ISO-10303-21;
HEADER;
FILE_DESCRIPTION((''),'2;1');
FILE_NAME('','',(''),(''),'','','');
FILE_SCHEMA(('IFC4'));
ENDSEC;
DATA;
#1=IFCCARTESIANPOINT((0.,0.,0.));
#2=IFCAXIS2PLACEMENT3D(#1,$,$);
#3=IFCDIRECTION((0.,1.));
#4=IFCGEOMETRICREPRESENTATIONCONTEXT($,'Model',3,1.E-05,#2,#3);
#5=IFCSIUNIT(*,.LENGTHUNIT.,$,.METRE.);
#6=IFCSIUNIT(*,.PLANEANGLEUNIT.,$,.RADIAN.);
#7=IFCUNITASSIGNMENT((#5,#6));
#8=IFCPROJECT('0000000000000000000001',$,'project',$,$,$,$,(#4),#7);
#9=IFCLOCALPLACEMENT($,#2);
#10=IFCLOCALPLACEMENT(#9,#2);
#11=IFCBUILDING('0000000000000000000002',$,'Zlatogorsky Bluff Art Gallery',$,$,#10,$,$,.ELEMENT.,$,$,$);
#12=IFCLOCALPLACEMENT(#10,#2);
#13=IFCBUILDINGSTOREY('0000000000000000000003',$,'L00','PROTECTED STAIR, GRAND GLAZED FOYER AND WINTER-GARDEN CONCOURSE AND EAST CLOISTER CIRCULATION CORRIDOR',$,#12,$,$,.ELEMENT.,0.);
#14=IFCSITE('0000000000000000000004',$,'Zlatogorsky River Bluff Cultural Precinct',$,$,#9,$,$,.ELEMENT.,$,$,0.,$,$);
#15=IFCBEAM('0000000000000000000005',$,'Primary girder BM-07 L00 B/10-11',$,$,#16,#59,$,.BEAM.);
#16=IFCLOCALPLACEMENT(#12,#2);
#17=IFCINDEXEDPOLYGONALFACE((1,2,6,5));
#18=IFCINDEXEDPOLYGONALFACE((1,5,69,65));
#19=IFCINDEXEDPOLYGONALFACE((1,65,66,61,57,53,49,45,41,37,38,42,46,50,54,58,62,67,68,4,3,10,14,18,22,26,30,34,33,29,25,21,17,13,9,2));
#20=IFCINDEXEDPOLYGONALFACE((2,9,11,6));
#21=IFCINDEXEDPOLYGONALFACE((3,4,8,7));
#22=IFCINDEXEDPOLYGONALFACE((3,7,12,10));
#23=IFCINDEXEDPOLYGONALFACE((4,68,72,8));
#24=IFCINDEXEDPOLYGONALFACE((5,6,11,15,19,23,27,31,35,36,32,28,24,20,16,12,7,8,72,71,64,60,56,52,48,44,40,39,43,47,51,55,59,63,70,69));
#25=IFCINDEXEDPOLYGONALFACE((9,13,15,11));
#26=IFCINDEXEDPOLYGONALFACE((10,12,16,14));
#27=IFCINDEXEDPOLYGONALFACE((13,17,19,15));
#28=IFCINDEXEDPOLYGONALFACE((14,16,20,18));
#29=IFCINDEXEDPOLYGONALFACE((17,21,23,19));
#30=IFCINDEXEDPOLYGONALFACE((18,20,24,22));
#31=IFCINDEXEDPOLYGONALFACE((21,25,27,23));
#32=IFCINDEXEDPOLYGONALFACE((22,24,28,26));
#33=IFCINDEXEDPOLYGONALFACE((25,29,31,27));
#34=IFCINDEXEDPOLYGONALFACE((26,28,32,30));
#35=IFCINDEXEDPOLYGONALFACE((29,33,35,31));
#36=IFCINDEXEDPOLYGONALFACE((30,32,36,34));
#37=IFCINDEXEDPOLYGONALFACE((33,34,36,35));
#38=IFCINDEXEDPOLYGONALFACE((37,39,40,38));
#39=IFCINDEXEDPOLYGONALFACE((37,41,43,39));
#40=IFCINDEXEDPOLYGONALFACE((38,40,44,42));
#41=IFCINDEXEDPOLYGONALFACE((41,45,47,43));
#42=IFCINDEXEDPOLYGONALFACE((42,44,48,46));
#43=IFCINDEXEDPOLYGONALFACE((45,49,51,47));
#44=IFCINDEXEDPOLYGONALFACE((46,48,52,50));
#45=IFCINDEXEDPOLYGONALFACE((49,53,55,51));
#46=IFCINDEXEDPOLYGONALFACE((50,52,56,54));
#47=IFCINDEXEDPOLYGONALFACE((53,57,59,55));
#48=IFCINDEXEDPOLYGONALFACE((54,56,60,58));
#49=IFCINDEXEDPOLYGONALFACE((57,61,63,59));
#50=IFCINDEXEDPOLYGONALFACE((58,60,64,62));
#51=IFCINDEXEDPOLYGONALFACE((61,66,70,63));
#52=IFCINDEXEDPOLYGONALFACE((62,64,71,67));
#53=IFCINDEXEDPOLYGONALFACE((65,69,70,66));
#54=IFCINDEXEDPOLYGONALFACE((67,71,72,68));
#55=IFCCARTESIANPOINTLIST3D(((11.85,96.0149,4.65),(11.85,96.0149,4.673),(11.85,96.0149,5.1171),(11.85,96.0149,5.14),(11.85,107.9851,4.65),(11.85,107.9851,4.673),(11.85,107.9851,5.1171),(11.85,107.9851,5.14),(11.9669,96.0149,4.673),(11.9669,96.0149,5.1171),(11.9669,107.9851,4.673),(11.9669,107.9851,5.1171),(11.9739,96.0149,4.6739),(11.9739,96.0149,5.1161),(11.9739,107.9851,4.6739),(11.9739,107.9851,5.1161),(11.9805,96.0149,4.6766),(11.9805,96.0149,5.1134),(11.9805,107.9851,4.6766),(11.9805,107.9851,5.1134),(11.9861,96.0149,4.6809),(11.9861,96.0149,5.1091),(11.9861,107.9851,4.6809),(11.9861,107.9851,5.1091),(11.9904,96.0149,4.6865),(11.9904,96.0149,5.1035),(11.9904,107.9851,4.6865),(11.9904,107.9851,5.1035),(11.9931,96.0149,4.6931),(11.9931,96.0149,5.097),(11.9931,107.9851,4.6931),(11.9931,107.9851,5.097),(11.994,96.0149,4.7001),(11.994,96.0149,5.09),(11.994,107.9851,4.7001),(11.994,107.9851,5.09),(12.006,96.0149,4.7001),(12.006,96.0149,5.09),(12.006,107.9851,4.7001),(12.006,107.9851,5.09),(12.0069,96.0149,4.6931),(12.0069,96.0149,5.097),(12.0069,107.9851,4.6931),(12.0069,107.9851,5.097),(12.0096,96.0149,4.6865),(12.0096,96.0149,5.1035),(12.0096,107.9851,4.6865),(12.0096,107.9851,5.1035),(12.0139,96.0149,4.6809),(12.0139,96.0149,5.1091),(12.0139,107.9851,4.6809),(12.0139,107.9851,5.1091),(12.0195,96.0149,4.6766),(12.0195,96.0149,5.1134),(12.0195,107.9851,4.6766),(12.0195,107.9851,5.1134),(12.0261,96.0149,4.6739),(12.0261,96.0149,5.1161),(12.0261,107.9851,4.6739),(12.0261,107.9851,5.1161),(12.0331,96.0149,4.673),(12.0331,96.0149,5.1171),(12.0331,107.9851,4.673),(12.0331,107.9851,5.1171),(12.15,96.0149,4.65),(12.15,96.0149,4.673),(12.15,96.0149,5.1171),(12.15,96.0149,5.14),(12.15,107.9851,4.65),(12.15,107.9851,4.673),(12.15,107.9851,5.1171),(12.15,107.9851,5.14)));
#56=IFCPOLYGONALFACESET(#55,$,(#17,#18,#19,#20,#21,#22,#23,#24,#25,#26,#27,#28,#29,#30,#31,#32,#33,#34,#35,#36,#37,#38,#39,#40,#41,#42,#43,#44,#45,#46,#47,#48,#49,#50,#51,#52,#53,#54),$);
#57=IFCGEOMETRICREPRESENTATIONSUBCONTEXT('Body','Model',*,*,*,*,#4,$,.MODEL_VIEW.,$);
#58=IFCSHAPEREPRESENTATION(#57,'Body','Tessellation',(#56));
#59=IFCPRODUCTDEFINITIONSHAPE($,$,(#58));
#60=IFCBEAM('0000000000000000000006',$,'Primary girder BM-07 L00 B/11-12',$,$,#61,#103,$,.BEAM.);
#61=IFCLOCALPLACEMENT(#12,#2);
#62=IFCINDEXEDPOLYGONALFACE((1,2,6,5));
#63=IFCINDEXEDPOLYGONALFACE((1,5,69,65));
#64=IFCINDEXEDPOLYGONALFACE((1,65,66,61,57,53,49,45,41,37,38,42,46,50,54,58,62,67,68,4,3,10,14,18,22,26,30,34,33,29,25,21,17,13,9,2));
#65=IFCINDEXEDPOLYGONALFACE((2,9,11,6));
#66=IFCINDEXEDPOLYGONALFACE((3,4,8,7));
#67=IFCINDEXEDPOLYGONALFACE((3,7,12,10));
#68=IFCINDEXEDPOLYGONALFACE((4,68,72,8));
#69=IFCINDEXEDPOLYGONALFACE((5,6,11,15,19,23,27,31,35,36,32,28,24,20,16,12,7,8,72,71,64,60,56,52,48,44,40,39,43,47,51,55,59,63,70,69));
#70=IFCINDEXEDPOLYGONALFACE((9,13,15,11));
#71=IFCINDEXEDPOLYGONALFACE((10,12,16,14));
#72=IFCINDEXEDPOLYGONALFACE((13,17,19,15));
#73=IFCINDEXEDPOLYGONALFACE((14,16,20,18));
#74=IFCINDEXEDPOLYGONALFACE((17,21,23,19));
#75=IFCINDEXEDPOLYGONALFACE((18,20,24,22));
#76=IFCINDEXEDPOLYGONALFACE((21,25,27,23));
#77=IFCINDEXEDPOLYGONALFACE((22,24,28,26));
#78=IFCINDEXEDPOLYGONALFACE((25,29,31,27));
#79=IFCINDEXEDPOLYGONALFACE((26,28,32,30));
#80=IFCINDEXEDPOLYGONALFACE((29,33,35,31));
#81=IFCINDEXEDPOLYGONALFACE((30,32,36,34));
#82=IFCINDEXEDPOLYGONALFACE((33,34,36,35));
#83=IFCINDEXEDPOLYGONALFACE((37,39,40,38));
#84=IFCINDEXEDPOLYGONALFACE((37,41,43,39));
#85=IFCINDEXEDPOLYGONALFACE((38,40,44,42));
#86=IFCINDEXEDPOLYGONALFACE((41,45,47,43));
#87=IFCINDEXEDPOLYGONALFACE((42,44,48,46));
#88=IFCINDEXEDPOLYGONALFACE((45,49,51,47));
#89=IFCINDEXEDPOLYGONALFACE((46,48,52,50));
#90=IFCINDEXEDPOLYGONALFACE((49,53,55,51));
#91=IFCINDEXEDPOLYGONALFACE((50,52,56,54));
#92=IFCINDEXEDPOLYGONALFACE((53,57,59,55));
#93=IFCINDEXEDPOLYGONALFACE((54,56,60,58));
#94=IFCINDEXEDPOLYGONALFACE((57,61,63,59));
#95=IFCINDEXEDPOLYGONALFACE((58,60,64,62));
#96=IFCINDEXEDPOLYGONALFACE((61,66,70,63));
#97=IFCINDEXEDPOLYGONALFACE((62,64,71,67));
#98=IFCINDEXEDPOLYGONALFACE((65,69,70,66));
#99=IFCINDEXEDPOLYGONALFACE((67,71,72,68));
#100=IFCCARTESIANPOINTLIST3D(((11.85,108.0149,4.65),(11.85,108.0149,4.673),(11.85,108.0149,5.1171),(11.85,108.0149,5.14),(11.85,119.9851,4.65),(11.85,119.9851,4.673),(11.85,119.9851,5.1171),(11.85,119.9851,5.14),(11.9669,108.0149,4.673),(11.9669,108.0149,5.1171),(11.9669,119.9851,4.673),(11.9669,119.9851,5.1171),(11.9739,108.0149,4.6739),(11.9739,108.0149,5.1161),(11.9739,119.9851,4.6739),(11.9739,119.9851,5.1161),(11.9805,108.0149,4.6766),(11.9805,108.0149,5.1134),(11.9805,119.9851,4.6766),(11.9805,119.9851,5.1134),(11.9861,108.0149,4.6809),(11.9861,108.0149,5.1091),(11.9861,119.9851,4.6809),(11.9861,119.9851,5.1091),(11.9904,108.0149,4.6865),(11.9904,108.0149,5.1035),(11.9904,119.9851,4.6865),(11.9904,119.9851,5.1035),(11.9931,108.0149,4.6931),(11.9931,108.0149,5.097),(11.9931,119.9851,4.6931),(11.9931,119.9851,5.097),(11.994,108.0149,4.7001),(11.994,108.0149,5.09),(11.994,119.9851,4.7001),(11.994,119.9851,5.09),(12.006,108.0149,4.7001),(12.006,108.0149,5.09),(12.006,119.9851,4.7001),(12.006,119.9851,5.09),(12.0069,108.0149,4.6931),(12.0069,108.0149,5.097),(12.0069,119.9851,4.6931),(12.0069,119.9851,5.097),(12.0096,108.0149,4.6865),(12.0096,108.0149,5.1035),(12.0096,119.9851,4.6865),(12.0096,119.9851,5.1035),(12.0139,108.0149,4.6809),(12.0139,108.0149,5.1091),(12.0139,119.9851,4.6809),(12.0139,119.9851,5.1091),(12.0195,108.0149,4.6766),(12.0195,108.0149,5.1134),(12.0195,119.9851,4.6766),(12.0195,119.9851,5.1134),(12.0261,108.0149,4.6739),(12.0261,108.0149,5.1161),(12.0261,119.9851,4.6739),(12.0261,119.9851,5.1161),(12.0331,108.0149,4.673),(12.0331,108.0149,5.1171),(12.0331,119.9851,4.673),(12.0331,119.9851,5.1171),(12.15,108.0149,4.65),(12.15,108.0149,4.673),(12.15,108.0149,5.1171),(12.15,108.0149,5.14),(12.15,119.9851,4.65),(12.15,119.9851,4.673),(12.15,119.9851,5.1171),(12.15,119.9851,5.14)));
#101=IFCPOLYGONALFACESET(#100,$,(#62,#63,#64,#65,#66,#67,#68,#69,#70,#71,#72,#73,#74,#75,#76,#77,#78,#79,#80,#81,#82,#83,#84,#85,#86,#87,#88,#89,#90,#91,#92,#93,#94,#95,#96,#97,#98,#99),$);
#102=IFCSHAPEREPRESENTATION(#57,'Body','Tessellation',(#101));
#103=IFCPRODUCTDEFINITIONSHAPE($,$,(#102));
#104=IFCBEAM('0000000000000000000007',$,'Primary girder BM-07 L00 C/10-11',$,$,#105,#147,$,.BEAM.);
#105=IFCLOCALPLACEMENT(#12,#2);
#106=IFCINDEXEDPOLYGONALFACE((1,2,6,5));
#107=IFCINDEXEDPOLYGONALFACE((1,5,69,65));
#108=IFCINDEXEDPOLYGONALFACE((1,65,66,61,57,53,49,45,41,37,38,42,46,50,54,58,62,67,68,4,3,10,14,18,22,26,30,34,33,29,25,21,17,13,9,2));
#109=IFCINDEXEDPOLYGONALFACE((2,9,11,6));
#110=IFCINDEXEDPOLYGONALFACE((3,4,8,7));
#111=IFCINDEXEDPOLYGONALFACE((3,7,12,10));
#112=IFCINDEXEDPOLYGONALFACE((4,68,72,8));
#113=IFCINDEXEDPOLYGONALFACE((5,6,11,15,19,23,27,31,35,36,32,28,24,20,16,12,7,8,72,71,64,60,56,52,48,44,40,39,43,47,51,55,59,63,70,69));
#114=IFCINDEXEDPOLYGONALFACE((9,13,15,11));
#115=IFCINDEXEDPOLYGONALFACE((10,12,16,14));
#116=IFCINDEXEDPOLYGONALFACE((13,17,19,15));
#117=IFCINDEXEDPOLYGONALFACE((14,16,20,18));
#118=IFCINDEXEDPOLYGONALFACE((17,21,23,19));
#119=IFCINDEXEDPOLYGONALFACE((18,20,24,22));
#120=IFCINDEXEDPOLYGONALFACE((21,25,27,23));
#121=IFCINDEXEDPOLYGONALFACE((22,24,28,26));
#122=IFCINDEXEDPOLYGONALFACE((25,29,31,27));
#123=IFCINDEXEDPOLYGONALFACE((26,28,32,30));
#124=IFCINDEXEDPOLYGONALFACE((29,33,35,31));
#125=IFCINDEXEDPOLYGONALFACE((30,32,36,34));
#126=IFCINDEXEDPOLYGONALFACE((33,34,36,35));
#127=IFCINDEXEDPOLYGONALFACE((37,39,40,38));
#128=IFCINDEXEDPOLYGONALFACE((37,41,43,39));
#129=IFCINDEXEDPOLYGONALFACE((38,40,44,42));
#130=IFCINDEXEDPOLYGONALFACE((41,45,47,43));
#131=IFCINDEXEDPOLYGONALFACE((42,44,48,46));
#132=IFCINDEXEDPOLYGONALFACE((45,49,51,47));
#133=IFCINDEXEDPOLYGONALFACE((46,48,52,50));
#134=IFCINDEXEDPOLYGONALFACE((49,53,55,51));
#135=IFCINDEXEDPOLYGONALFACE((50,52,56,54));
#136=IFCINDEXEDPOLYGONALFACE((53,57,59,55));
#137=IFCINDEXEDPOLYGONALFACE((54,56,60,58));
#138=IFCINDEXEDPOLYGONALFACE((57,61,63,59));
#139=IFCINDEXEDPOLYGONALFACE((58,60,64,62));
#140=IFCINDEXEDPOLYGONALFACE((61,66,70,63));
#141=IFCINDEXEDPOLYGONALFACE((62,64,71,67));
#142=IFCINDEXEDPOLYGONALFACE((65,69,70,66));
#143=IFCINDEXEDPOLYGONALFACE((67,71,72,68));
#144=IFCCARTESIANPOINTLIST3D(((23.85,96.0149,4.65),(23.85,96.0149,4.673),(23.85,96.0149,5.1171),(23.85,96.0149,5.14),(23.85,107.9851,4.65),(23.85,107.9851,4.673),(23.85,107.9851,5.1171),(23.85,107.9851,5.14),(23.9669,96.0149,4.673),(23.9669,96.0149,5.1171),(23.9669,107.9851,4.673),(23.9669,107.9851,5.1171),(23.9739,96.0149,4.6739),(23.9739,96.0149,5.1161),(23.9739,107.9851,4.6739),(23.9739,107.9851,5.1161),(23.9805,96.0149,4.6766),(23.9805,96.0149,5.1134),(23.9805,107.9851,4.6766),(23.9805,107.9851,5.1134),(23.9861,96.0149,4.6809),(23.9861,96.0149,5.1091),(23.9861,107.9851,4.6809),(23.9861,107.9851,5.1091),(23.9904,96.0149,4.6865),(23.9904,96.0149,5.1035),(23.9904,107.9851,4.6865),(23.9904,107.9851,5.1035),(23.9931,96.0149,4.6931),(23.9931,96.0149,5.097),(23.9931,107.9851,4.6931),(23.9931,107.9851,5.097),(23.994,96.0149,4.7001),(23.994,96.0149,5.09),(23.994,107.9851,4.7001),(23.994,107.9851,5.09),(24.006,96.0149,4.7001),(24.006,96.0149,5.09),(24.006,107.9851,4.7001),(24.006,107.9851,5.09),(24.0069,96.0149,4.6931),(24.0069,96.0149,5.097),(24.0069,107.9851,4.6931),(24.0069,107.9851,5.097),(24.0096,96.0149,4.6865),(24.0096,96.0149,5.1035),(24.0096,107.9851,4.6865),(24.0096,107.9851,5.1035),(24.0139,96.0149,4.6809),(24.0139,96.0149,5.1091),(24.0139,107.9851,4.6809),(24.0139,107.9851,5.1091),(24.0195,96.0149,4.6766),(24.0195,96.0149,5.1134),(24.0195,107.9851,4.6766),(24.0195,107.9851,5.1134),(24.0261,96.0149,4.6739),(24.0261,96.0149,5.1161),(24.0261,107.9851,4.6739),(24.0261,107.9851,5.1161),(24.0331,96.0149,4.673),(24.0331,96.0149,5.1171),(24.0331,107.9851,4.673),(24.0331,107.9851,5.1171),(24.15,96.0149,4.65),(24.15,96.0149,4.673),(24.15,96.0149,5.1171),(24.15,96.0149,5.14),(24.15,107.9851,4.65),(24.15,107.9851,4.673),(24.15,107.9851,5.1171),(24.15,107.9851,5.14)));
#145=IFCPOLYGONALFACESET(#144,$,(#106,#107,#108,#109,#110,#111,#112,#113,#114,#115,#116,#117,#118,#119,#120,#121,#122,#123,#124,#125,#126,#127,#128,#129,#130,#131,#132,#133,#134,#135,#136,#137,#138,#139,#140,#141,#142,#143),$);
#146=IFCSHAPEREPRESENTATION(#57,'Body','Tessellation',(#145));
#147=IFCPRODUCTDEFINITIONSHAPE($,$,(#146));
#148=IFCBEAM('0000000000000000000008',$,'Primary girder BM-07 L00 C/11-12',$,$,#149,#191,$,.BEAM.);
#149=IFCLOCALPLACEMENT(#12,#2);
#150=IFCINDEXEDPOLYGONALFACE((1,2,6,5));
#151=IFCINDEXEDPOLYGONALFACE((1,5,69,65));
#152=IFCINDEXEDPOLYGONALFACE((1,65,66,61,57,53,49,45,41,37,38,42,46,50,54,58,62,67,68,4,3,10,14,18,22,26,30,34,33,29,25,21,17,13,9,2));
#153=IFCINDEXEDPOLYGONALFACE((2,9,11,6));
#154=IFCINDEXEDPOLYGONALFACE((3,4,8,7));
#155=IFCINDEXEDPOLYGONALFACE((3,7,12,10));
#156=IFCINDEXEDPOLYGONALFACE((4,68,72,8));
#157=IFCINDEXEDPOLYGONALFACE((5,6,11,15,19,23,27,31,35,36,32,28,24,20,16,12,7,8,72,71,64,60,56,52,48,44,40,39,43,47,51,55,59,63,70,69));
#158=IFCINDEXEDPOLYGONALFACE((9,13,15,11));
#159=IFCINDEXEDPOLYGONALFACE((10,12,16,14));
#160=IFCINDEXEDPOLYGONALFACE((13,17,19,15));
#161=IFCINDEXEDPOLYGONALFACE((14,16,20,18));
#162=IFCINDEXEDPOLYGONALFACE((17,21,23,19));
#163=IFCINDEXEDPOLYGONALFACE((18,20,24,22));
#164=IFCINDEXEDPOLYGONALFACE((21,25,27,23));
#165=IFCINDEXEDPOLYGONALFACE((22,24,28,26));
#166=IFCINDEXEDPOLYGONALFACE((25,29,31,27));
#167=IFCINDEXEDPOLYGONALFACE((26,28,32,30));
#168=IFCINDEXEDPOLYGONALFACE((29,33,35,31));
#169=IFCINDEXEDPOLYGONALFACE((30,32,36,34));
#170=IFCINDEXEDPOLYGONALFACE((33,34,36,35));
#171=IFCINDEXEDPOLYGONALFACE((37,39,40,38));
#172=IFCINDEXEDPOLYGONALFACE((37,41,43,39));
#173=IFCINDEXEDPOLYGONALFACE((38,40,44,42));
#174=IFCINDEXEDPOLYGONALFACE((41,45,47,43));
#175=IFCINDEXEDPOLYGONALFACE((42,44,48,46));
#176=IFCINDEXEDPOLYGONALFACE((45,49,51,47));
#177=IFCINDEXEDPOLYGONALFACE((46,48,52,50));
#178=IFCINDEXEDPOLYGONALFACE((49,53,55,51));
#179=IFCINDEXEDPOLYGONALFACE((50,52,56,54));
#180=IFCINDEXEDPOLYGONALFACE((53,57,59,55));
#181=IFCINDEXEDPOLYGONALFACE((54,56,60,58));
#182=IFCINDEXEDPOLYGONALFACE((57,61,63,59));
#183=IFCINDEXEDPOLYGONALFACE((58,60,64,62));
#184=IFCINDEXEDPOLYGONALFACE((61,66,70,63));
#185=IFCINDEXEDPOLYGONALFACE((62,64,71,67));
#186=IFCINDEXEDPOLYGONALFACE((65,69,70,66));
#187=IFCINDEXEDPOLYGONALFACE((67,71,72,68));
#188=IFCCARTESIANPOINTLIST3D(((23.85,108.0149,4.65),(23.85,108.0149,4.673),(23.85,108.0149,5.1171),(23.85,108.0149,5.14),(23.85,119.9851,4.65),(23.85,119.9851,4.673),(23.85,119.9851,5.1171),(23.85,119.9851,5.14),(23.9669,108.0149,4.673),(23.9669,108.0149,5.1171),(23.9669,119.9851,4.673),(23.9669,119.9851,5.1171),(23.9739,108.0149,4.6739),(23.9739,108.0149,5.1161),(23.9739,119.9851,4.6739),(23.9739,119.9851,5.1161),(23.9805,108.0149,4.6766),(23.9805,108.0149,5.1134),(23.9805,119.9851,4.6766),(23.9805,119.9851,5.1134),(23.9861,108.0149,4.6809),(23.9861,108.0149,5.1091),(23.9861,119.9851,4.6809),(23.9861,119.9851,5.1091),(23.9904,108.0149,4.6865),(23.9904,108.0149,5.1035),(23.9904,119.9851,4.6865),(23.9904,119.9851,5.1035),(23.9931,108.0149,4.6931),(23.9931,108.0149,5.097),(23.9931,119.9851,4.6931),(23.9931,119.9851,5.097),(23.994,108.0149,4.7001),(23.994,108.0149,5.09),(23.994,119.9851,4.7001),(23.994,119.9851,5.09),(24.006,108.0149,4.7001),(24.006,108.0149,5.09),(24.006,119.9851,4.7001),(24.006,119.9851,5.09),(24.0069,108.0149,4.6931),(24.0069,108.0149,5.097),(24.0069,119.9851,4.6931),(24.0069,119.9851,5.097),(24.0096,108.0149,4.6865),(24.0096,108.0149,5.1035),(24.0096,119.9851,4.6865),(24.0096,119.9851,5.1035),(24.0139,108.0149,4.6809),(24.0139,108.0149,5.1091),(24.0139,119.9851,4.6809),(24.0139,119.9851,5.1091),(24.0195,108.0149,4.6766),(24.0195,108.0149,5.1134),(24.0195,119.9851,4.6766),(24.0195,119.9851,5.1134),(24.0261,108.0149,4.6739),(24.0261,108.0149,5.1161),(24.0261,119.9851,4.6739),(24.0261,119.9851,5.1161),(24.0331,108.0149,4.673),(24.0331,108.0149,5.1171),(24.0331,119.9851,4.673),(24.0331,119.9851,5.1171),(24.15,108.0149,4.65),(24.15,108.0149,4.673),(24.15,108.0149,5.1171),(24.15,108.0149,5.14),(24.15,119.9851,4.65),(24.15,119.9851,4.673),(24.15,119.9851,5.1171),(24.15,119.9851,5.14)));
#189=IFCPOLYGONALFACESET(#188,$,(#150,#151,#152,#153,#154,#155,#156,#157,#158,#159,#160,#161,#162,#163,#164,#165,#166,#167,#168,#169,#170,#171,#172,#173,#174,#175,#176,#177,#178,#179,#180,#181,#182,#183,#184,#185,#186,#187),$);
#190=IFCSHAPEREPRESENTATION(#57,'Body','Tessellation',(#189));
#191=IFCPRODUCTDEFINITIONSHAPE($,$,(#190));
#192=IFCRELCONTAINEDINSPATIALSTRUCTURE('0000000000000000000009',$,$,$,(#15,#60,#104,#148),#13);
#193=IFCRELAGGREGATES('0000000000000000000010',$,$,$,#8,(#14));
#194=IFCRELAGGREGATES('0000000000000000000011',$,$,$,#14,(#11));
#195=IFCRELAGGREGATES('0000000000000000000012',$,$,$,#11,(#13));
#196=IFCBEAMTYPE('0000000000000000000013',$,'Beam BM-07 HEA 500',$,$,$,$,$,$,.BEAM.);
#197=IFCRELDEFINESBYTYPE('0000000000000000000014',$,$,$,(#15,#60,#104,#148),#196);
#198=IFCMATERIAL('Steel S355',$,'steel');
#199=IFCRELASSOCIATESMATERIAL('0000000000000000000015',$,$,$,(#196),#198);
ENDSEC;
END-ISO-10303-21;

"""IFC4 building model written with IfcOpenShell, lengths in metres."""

from ifc_helpers import new_model, si_unit, direction, frame, origin, origin_2d, place, context, subcontext, project, spatial, i_section, extrude, material, material_profile, profile_set, type_object, element, save


model = new_model("IFC4")

# Units and contexts
model_context = context("Model", 3, precision=1e-05, world=origin(), true_north=direction((0.0, 1.0)))
body_context = subcontext(model_context, "Body", "Model", "MODEL_VIEW")
ifc_project = project(units=[si_unit("LENGTHUNIT", "METRE"), si_unit("PLANEANGLEUNIT", "RADIAN")], contexts=[model_context])

# Site, building, storey
site_placement = place(None, origin())
site = spatial("IfcSite", under=ifc_project, at=site_placement, Name="Zlatogorsky River Bluff Cultural Precinct", CompositionType="ELEMENT", RefElevation=0.0)
building_placement = place(site_placement, origin())
building = spatial("IfcBuilding", under=site, at=building_placement, Name="Zlatogorsky Bluff Art Gallery", CompositionType="ELEMENT")
storey_placement = place(building_placement, origin())
storey = spatial("IfcBuildingStorey", under=building, at=storey_placement, Name="L00", Description="PROTECTED STAIR, GRAND GLAZED FOYER AND WINTER-GARDEN CONCOURSE AND EAST CLOISTER CIRCULATION CORRIDOR", CompositionType="ELEMENT", Elevation=0.0)

# Shared definitions
ifc_material_1 = material(Name="Steel S355", Category="steel")

# Beams
ifc_material_profile_1 = material_profile(ifc_material_1, i_section(OverallWidth=0.3, OverallDepth=0.49, WebThickness=0.012, FlangeThickness=0.0229, FilletRadius=0.0271, at=origin_2d()), Name="HEA 500")
ifc_profile_set_1 = profile_set([ifc_material_profile_1], Name="Steel S355")
beam_type_1 = type_object("IfcBeamType", Name="Beam BM-07 HEA 500", PredefinedType="BEAM", material=ifc_profile_set_1)
for number, where, z_axis, x_axis, name in (
    (1, (12.0, 96.0149, 4.895), (0.0, 1.0, 0.0), (-1.0, 0.0, 0.0), "Primary girder BM-07 L00 B/10-11"),
    (2, (12.0, 108.0149, 4.895), (0.0, 1.0, 0.0), (-1.0, 0.0, 0.0), "Primary girder BM-07 L00 B/11-12"),
    (3, (24.0, 96.0149, 4.895), (0.0, 1.0, 0.0), (-1.0, 0.0, 0.0), "Primary girder BM-07 L00 C/10-11"),
    (4, (24.0, 108.0149, 4.895), (0.0, 1.0, 0.0), (-1.0, 0.0, 0.0), "Primary girder BM-07 L00 C/11-12"),
):
    element("IfcBeam", number, at=place(storey_placement, frame(where, z_axis=z_axis, x_axis=x_axis)), inside=storey, type_object=beam_type_1, Name=name, PredefinedType="BEAM", context=body_context, shape_type="SweptSolid", body=[
        extrude(i_section(OverallWidth=0.3, OverallDepth=0.49, WebThickness=0.012, FlangeThickness=0.0229, FilletRadius=0.0271, at=origin_2d()), origin(), (0.0, 0.0, 1.0), 11.9702),
    ])

save(model, "model.ifc")
